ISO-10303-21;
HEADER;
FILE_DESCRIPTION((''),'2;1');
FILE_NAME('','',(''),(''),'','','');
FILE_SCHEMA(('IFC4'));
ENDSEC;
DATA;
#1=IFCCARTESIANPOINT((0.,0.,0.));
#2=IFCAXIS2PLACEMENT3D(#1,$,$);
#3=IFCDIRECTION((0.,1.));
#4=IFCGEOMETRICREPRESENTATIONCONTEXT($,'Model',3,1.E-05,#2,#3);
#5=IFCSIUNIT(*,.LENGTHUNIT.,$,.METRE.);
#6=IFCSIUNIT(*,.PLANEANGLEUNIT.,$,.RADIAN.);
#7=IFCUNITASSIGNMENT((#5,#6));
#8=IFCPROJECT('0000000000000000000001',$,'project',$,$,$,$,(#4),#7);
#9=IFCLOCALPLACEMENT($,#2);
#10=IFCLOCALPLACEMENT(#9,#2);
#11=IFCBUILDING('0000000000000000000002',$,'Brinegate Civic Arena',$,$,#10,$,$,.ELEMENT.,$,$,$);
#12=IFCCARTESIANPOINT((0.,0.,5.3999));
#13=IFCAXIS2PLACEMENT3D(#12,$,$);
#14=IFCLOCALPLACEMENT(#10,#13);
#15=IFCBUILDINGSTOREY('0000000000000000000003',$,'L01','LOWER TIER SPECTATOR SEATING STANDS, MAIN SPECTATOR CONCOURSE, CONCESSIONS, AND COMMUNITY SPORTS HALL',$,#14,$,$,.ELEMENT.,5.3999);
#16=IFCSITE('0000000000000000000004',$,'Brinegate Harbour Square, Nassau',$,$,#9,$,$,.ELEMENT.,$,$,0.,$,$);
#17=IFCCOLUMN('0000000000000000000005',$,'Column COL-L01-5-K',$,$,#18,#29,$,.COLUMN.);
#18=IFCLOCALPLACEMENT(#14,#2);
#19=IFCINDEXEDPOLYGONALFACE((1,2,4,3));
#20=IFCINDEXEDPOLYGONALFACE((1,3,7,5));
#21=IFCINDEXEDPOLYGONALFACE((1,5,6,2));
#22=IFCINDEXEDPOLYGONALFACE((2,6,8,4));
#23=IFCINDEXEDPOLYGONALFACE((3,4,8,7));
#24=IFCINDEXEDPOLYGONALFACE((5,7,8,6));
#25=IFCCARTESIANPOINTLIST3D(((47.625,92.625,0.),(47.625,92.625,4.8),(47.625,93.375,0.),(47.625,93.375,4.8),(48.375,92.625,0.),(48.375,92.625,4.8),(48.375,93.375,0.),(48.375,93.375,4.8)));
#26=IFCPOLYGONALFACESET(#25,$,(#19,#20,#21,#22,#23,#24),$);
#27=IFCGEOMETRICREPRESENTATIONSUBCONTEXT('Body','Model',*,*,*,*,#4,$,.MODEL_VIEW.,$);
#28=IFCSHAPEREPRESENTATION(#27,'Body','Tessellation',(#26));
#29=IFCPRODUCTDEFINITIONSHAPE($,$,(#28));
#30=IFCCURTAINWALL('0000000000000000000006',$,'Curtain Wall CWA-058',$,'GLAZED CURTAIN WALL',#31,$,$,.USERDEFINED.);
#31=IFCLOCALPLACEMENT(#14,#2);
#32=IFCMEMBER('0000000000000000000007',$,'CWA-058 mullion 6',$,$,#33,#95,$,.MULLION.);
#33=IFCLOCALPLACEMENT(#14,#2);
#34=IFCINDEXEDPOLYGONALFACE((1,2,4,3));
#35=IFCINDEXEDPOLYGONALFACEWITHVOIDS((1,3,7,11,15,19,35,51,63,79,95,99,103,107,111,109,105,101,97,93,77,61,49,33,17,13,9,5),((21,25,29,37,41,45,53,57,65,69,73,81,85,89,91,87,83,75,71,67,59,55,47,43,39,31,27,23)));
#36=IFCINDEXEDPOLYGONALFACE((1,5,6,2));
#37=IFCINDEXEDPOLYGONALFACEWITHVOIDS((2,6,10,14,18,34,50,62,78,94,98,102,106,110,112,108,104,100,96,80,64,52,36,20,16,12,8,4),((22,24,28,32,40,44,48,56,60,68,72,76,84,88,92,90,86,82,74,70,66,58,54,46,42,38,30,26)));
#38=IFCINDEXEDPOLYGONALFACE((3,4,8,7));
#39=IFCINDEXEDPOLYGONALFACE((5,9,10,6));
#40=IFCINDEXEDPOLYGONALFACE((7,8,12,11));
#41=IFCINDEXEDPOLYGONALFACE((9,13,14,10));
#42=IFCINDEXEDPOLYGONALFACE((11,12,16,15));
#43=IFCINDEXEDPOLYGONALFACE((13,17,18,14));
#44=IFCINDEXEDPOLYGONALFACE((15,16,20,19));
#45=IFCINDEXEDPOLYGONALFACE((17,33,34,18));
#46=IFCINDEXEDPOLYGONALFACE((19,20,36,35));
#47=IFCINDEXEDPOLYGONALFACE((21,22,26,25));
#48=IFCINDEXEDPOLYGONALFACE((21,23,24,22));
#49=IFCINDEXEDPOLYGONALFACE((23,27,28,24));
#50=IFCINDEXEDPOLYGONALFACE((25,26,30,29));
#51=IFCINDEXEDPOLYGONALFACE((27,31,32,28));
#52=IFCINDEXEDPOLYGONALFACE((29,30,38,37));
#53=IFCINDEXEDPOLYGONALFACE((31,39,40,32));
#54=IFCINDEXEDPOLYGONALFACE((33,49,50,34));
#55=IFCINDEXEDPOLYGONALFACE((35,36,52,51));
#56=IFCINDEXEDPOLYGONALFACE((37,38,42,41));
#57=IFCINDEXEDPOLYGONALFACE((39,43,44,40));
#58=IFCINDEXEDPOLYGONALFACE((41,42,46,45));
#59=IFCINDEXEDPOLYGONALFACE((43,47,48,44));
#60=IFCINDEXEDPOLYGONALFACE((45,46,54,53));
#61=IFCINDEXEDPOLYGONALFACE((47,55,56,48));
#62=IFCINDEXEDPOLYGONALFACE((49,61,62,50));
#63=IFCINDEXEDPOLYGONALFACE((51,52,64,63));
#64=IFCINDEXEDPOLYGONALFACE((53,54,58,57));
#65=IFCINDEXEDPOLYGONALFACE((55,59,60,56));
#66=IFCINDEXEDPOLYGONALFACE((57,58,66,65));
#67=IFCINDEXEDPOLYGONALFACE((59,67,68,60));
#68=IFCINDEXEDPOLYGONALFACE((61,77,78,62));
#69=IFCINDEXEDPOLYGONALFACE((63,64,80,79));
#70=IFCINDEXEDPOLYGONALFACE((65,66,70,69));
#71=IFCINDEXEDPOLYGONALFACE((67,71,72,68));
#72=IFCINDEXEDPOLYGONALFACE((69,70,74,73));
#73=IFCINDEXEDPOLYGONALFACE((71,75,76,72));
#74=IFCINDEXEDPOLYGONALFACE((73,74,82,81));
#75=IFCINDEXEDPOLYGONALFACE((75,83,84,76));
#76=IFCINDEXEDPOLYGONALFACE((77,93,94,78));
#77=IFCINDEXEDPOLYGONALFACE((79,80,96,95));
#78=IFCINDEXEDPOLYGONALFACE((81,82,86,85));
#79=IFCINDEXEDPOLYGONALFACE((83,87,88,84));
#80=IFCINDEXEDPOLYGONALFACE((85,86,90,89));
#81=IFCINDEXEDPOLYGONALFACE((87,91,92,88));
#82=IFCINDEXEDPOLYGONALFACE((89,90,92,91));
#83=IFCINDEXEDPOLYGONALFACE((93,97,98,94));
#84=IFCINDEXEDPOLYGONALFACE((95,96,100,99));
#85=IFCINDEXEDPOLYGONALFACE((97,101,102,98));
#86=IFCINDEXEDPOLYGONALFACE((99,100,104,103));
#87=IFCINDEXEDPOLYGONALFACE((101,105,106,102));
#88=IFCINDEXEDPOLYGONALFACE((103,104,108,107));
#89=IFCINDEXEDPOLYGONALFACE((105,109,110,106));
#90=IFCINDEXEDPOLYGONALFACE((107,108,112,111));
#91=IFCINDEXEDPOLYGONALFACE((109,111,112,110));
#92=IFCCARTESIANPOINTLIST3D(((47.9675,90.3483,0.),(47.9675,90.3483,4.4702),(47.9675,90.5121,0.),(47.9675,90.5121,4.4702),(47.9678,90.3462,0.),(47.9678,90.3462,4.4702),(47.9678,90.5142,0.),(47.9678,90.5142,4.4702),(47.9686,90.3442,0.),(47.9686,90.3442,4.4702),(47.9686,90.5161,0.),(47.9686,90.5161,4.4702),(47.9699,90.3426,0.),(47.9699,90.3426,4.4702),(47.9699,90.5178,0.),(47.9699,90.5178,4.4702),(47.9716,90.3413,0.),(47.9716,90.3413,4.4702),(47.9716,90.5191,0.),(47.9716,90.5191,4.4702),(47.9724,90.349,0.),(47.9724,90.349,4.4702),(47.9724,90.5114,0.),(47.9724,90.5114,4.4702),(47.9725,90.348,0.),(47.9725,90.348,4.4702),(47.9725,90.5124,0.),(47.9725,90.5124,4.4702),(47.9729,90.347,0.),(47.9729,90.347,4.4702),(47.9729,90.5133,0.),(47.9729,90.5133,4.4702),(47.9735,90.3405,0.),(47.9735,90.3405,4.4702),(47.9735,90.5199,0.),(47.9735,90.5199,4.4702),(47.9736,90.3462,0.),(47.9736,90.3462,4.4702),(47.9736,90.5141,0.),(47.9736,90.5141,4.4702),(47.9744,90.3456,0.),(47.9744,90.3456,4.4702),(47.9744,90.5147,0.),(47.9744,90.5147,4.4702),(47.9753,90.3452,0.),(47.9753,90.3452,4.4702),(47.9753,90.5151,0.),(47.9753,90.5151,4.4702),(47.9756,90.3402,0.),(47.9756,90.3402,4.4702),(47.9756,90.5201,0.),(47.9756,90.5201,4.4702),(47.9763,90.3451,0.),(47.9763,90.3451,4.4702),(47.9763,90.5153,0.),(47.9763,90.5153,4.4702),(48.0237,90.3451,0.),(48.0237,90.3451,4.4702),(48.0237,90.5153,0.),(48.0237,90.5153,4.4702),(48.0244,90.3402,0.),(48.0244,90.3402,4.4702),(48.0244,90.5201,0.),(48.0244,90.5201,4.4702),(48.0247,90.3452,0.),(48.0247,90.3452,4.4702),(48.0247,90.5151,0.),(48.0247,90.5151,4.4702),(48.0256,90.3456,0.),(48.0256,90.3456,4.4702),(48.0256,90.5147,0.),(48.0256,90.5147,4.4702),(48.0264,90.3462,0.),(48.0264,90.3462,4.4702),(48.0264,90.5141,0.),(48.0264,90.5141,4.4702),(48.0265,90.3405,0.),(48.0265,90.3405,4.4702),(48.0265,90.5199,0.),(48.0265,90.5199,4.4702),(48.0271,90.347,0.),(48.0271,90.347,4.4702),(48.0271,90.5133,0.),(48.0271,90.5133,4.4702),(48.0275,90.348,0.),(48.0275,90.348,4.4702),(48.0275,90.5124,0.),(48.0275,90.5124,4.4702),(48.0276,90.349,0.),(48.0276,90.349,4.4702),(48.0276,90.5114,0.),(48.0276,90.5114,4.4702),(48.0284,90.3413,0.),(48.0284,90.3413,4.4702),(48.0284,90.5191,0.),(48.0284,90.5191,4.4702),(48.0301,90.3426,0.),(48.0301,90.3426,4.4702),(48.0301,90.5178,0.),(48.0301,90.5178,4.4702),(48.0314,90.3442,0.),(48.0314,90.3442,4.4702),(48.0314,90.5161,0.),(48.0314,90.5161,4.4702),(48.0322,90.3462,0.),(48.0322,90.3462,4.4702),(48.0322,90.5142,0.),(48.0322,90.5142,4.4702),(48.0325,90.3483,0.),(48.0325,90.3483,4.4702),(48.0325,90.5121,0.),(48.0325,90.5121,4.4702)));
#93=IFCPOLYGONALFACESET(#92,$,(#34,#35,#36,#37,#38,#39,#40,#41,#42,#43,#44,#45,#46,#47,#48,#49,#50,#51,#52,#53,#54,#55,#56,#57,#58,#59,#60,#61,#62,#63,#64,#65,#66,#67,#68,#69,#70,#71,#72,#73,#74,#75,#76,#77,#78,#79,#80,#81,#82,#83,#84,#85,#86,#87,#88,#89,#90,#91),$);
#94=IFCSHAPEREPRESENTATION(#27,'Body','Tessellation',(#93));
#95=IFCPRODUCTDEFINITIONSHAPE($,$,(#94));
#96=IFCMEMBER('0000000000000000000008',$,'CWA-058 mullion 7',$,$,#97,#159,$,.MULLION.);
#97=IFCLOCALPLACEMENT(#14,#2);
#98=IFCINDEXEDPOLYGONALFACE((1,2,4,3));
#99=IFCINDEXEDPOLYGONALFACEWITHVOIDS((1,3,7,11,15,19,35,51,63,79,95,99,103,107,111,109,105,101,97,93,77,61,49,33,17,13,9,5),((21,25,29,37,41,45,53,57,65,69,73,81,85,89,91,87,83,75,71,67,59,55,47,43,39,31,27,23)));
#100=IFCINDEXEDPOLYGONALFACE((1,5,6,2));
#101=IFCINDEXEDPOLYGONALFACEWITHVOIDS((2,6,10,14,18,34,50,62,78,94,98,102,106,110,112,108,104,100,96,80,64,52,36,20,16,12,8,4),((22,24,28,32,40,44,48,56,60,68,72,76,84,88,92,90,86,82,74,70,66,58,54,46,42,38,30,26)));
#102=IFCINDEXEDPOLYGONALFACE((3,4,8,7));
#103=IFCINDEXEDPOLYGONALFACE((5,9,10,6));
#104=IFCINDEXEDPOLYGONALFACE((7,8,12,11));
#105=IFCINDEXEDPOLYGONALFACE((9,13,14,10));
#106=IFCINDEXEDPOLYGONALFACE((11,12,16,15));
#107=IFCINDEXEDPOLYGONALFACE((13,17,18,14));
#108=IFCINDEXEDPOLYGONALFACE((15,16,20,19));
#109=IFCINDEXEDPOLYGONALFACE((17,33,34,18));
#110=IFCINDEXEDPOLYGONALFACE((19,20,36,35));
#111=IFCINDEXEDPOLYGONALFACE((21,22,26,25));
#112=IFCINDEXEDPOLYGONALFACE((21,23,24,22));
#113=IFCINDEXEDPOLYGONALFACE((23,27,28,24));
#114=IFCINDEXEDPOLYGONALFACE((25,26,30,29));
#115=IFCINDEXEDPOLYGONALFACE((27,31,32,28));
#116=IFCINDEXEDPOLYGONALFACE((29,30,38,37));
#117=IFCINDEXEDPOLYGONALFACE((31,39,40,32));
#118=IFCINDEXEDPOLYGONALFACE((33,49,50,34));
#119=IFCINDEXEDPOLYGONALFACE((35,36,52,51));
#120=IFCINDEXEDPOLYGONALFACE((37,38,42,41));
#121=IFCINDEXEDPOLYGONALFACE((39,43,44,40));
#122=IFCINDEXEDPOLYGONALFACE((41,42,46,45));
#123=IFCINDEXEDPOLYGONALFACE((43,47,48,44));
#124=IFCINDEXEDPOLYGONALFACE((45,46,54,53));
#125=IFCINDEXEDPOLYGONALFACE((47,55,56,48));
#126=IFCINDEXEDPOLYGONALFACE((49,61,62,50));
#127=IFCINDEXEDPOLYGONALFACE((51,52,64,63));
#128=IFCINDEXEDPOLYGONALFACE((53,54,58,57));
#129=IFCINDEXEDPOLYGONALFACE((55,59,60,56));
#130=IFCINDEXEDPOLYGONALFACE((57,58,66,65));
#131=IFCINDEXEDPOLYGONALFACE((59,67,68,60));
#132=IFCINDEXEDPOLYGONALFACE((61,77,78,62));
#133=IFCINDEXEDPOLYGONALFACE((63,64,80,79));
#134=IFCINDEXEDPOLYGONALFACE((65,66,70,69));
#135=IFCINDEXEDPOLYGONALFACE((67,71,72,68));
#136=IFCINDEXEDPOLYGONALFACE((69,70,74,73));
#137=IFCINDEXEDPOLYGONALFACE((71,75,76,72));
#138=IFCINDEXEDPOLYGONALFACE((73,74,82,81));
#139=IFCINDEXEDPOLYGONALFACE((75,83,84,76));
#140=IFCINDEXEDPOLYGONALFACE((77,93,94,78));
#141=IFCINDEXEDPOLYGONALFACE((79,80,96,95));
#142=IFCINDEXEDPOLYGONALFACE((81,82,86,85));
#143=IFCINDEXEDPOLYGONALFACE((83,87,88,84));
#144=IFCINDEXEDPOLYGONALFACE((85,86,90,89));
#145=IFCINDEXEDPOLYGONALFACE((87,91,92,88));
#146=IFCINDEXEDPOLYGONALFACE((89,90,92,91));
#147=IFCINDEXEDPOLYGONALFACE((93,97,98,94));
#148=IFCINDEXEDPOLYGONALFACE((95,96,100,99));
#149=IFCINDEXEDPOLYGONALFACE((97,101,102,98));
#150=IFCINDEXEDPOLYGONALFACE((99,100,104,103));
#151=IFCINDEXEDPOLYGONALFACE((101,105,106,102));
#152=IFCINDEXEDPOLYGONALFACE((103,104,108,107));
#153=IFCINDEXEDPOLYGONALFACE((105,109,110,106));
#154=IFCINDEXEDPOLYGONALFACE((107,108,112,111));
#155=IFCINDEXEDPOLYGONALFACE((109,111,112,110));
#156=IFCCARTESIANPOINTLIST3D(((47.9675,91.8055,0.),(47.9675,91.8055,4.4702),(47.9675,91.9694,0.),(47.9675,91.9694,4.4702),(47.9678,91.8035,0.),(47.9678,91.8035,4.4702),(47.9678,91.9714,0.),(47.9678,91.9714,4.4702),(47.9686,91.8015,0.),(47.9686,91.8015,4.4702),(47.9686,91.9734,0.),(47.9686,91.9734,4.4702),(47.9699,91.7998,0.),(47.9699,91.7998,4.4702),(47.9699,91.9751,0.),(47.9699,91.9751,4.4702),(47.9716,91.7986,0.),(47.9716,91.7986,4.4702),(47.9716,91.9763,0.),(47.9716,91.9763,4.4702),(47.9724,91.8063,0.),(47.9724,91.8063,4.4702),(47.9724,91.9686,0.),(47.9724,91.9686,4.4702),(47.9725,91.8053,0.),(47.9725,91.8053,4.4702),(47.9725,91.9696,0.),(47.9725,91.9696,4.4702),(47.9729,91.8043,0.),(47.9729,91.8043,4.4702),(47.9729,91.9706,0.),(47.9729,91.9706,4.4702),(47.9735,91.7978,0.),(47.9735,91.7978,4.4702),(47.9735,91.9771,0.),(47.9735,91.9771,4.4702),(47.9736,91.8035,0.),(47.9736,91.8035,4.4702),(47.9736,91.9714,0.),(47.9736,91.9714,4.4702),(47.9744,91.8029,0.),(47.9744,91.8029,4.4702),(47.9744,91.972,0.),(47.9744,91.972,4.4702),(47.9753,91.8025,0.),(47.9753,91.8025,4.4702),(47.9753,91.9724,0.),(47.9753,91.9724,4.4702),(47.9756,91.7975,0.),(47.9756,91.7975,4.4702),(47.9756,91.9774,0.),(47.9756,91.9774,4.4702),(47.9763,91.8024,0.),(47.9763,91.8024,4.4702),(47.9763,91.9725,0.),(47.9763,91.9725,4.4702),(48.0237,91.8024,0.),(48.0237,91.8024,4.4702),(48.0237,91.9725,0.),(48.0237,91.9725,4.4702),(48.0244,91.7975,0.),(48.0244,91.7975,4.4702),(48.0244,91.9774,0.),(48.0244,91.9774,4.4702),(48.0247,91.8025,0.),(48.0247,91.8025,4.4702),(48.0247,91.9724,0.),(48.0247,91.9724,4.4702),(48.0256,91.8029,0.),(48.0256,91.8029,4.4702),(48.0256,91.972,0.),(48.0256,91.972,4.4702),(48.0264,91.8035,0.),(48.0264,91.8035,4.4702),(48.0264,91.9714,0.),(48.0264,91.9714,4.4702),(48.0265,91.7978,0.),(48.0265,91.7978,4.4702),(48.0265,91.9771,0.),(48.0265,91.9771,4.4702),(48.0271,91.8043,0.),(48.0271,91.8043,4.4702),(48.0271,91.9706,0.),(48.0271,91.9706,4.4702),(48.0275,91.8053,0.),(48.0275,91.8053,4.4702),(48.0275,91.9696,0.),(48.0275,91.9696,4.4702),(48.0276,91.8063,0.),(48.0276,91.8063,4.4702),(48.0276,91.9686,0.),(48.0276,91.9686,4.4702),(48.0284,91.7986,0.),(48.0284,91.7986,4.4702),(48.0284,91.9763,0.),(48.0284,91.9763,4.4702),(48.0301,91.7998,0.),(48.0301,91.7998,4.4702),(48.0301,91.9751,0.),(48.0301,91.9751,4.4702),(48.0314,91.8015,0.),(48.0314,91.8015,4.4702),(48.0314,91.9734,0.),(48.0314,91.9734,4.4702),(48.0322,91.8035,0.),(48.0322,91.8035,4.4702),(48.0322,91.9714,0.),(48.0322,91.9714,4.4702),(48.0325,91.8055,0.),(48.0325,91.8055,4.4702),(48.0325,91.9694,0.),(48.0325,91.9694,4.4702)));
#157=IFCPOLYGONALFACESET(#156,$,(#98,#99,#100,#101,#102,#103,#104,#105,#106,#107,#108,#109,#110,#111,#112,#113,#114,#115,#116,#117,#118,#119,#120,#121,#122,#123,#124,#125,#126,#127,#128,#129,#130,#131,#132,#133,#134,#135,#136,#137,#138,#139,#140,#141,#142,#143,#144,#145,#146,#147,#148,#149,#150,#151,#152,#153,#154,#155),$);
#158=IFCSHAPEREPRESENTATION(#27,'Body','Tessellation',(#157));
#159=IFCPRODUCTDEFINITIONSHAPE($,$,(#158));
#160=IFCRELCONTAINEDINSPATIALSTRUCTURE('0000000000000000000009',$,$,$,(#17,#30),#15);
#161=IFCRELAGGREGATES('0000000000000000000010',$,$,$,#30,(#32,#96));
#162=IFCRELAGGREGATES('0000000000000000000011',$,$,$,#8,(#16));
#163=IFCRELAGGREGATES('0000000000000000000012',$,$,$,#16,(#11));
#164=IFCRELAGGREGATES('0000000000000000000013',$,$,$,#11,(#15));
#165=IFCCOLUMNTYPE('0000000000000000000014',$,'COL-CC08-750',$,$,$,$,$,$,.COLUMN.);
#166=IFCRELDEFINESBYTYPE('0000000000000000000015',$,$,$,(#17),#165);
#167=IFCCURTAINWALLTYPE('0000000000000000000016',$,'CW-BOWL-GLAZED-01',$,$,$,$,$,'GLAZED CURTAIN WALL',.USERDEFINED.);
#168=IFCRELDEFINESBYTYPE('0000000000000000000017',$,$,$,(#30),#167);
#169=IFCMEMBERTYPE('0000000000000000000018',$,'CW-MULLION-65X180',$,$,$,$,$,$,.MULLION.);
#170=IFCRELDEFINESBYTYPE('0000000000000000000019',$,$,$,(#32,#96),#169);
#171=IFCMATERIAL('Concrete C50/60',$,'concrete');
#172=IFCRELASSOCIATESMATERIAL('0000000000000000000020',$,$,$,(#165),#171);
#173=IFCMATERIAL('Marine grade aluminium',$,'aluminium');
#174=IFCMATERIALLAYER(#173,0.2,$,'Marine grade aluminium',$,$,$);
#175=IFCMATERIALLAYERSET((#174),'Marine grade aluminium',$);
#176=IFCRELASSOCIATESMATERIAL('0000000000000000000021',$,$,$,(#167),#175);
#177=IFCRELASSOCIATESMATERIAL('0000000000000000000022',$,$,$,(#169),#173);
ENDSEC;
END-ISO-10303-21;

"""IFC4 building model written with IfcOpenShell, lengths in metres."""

from ifc_helpers import new_model, si_unit, direction, frame, origin, origin_2d, place, context, subcontext, project, spatial, rectangle, hollow_rectangle, extrude, material, layer, layer_set, material_profile, profile_set, type_object, element, aggregate, save


model = new_model("IFC4")

# Units and contexts
model_context = context("Model", 3, precision=1e-05, world=origin(), true_north=direction((0.0, 1.0)))
body_context = subcontext(model_context, "Body", "Model", "MODEL_VIEW")
ifc_project = project(units=[si_unit("LENGTHUNIT", "METRE"), si_unit("PLANEANGLEUNIT", "RADIAN")], contexts=[model_context])

# Site, building, storey
site_placement = place(None, origin())
site = spatial("IfcSite", under=ifc_project, at=site_placement, Name="Brinegate Harbour Square, Nassau", CompositionType="ELEMENT", RefElevation=0.0)
building_placement = place(site_placement, origin())
building = spatial("IfcBuilding", under=site, at=building_placement, Name="Brinegate Civic Arena", CompositionType="ELEMENT")
storey_placement = place(building_placement, frame((0.0, 0.0, 5.3999)))
storey = spatial("IfcBuildingStorey", under=building, at=storey_placement, Name="L01", Description="LOWER TIER SPECTATOR SEATING STANDS, MAIN SPECTATOR CONCOURSE, CONCESSIONS, AND COMMUNITY SPORTS HALL", CompositionType="ELEMENT", Elevation=5.3999)

# Column
ifc_material_1 = material(Name="Concrete C50/60", Category="concrete")
ifc_material_profile_1 = material_profile(ifc_material_1, rectangle(XDim=0.75, YDim=0.75, at=origin_2d()), Name="RC750X750")
ifc_profile_set_1 = profile_set([ifc_material_profile_1], Name="Concrete C50/60")
column_type = type_object("IfcColumnType", Name="COL-CC08-750", PredefinedType="COLUMN", material=ifc_profile_set_1)
column_placement = place(storey_placement, frame((48.0, 93.0, 0.0), z_axis=(0.0, 0.0, 1.0), x_axis=(1.0, 0.0, 0.0)))
element("IfcColumn", 1, at=column_placement, inside=storey, type_object=column_type, Name="Column COL-L01-5-K", PredefinedType="COLUMN", context=body_context, shape_type="SweptSolid", body=[
    extrude(rectangle(XDim=0.75, YDim=0.75, at=origin_2d()), origin(), (0.0, 0.0, 1.0), 4.8),
])

# Curtain wall, members
ifc_material_2 = material(Name="Marine grade aluminium", Category="aluminium")
ifc_layer_1 = layer(ifc_material_2, 0.2, Name="Marine grade aluminium")
ifc_layer_set_1 = layer_set([ifc_layer_1], Name="Marine grade aluminium")
curtain_wall_type = type_object("IfcCurtainWallType", Name="CW-BOWL-GLAZED-01", ElementType="GLAZED CURTAIN WALL", PredefinedType="USERDEFINED", material=ifc_layer_set_1)
curtain_wall_1_placement = place(storey_placement, origin())
curtain_wall_1 = element("IfcCurtainWall", 2, at=curtain_wall_1_placement, inside=storey, type_object=curtain_wall_type, Name="Curtain Wall CWA-058", ObjectType="GLAZED CURTAIN WALL", PredefinedType="USERDEFINED")
ifc_material_profile_2 = material_profile(ifc_material_2, hollow_rectangle(XDim=0.0649, YDim=0.1799, WallThickness=0.0049, InnerFilletRadius=0.0039, OuterFilletRadius=0.0081, at=origin_2d()), Name="MUL65X180")
ifc_profile_set_2 = profile_set([ifc_material_profile_2], Name="Marine grade aluminium")
member_type_1 = type_object("IfcMemberType", Name="CW-MULLION-65X180", PredefinedType="MULLION", material=ifc_profile_set_2)
member_1_placement = place(storey_placement, frame((48.0, 90.4302, 0.0), z_axis=(0.0, 0.0, 1.0), x_axis=(-1.0, 0.0, 0.0)))
member_1 = element("IfcMember", 3, at=member_1_placement, type_object=member_type_1, Name="CWA-058 mullion 6", PredefinedType="MULLION", context=body_context, shape_type="SweptSolid", body=[
    extrude(hollow_rectangle(XDim=0.0649, YDim=0.1799, WallThickness=0.0049, InnerFilletRadius=0.0039, OuterFilletRadius=0.0081, at=origin_2d()), origin(), (0.0, 0.0, 1.0), 4.4702),
])
member_2_placement = place(storey_placement, frame((48.0, 91.8875, 0.0), z_axis=(0.0, 0.0, 1.0), x_axis=(-1.0, 0.0, 0.0)))
member_2 = element("IfcMember", 4, at=member_2_placement, type_object=member_type_1, Name="CWA-058 mullion 7", PredefinedType="MULLION", context=body_context, shape_type="SweptSolid", body=[
    extrude(hollow_rectangle(XDim=0.0649, YDim=0.1799, WallThickness=0.0049, InnerFilletRadius=0.0039, OuterFilletRadius=0.0081, at=origin_2d()), origin(), (0.0, 0.0, 1.0), 4.4702),
])

aggregate(curtain_wall_1, [member_1, member_2])

save(model, "model.ifc")
